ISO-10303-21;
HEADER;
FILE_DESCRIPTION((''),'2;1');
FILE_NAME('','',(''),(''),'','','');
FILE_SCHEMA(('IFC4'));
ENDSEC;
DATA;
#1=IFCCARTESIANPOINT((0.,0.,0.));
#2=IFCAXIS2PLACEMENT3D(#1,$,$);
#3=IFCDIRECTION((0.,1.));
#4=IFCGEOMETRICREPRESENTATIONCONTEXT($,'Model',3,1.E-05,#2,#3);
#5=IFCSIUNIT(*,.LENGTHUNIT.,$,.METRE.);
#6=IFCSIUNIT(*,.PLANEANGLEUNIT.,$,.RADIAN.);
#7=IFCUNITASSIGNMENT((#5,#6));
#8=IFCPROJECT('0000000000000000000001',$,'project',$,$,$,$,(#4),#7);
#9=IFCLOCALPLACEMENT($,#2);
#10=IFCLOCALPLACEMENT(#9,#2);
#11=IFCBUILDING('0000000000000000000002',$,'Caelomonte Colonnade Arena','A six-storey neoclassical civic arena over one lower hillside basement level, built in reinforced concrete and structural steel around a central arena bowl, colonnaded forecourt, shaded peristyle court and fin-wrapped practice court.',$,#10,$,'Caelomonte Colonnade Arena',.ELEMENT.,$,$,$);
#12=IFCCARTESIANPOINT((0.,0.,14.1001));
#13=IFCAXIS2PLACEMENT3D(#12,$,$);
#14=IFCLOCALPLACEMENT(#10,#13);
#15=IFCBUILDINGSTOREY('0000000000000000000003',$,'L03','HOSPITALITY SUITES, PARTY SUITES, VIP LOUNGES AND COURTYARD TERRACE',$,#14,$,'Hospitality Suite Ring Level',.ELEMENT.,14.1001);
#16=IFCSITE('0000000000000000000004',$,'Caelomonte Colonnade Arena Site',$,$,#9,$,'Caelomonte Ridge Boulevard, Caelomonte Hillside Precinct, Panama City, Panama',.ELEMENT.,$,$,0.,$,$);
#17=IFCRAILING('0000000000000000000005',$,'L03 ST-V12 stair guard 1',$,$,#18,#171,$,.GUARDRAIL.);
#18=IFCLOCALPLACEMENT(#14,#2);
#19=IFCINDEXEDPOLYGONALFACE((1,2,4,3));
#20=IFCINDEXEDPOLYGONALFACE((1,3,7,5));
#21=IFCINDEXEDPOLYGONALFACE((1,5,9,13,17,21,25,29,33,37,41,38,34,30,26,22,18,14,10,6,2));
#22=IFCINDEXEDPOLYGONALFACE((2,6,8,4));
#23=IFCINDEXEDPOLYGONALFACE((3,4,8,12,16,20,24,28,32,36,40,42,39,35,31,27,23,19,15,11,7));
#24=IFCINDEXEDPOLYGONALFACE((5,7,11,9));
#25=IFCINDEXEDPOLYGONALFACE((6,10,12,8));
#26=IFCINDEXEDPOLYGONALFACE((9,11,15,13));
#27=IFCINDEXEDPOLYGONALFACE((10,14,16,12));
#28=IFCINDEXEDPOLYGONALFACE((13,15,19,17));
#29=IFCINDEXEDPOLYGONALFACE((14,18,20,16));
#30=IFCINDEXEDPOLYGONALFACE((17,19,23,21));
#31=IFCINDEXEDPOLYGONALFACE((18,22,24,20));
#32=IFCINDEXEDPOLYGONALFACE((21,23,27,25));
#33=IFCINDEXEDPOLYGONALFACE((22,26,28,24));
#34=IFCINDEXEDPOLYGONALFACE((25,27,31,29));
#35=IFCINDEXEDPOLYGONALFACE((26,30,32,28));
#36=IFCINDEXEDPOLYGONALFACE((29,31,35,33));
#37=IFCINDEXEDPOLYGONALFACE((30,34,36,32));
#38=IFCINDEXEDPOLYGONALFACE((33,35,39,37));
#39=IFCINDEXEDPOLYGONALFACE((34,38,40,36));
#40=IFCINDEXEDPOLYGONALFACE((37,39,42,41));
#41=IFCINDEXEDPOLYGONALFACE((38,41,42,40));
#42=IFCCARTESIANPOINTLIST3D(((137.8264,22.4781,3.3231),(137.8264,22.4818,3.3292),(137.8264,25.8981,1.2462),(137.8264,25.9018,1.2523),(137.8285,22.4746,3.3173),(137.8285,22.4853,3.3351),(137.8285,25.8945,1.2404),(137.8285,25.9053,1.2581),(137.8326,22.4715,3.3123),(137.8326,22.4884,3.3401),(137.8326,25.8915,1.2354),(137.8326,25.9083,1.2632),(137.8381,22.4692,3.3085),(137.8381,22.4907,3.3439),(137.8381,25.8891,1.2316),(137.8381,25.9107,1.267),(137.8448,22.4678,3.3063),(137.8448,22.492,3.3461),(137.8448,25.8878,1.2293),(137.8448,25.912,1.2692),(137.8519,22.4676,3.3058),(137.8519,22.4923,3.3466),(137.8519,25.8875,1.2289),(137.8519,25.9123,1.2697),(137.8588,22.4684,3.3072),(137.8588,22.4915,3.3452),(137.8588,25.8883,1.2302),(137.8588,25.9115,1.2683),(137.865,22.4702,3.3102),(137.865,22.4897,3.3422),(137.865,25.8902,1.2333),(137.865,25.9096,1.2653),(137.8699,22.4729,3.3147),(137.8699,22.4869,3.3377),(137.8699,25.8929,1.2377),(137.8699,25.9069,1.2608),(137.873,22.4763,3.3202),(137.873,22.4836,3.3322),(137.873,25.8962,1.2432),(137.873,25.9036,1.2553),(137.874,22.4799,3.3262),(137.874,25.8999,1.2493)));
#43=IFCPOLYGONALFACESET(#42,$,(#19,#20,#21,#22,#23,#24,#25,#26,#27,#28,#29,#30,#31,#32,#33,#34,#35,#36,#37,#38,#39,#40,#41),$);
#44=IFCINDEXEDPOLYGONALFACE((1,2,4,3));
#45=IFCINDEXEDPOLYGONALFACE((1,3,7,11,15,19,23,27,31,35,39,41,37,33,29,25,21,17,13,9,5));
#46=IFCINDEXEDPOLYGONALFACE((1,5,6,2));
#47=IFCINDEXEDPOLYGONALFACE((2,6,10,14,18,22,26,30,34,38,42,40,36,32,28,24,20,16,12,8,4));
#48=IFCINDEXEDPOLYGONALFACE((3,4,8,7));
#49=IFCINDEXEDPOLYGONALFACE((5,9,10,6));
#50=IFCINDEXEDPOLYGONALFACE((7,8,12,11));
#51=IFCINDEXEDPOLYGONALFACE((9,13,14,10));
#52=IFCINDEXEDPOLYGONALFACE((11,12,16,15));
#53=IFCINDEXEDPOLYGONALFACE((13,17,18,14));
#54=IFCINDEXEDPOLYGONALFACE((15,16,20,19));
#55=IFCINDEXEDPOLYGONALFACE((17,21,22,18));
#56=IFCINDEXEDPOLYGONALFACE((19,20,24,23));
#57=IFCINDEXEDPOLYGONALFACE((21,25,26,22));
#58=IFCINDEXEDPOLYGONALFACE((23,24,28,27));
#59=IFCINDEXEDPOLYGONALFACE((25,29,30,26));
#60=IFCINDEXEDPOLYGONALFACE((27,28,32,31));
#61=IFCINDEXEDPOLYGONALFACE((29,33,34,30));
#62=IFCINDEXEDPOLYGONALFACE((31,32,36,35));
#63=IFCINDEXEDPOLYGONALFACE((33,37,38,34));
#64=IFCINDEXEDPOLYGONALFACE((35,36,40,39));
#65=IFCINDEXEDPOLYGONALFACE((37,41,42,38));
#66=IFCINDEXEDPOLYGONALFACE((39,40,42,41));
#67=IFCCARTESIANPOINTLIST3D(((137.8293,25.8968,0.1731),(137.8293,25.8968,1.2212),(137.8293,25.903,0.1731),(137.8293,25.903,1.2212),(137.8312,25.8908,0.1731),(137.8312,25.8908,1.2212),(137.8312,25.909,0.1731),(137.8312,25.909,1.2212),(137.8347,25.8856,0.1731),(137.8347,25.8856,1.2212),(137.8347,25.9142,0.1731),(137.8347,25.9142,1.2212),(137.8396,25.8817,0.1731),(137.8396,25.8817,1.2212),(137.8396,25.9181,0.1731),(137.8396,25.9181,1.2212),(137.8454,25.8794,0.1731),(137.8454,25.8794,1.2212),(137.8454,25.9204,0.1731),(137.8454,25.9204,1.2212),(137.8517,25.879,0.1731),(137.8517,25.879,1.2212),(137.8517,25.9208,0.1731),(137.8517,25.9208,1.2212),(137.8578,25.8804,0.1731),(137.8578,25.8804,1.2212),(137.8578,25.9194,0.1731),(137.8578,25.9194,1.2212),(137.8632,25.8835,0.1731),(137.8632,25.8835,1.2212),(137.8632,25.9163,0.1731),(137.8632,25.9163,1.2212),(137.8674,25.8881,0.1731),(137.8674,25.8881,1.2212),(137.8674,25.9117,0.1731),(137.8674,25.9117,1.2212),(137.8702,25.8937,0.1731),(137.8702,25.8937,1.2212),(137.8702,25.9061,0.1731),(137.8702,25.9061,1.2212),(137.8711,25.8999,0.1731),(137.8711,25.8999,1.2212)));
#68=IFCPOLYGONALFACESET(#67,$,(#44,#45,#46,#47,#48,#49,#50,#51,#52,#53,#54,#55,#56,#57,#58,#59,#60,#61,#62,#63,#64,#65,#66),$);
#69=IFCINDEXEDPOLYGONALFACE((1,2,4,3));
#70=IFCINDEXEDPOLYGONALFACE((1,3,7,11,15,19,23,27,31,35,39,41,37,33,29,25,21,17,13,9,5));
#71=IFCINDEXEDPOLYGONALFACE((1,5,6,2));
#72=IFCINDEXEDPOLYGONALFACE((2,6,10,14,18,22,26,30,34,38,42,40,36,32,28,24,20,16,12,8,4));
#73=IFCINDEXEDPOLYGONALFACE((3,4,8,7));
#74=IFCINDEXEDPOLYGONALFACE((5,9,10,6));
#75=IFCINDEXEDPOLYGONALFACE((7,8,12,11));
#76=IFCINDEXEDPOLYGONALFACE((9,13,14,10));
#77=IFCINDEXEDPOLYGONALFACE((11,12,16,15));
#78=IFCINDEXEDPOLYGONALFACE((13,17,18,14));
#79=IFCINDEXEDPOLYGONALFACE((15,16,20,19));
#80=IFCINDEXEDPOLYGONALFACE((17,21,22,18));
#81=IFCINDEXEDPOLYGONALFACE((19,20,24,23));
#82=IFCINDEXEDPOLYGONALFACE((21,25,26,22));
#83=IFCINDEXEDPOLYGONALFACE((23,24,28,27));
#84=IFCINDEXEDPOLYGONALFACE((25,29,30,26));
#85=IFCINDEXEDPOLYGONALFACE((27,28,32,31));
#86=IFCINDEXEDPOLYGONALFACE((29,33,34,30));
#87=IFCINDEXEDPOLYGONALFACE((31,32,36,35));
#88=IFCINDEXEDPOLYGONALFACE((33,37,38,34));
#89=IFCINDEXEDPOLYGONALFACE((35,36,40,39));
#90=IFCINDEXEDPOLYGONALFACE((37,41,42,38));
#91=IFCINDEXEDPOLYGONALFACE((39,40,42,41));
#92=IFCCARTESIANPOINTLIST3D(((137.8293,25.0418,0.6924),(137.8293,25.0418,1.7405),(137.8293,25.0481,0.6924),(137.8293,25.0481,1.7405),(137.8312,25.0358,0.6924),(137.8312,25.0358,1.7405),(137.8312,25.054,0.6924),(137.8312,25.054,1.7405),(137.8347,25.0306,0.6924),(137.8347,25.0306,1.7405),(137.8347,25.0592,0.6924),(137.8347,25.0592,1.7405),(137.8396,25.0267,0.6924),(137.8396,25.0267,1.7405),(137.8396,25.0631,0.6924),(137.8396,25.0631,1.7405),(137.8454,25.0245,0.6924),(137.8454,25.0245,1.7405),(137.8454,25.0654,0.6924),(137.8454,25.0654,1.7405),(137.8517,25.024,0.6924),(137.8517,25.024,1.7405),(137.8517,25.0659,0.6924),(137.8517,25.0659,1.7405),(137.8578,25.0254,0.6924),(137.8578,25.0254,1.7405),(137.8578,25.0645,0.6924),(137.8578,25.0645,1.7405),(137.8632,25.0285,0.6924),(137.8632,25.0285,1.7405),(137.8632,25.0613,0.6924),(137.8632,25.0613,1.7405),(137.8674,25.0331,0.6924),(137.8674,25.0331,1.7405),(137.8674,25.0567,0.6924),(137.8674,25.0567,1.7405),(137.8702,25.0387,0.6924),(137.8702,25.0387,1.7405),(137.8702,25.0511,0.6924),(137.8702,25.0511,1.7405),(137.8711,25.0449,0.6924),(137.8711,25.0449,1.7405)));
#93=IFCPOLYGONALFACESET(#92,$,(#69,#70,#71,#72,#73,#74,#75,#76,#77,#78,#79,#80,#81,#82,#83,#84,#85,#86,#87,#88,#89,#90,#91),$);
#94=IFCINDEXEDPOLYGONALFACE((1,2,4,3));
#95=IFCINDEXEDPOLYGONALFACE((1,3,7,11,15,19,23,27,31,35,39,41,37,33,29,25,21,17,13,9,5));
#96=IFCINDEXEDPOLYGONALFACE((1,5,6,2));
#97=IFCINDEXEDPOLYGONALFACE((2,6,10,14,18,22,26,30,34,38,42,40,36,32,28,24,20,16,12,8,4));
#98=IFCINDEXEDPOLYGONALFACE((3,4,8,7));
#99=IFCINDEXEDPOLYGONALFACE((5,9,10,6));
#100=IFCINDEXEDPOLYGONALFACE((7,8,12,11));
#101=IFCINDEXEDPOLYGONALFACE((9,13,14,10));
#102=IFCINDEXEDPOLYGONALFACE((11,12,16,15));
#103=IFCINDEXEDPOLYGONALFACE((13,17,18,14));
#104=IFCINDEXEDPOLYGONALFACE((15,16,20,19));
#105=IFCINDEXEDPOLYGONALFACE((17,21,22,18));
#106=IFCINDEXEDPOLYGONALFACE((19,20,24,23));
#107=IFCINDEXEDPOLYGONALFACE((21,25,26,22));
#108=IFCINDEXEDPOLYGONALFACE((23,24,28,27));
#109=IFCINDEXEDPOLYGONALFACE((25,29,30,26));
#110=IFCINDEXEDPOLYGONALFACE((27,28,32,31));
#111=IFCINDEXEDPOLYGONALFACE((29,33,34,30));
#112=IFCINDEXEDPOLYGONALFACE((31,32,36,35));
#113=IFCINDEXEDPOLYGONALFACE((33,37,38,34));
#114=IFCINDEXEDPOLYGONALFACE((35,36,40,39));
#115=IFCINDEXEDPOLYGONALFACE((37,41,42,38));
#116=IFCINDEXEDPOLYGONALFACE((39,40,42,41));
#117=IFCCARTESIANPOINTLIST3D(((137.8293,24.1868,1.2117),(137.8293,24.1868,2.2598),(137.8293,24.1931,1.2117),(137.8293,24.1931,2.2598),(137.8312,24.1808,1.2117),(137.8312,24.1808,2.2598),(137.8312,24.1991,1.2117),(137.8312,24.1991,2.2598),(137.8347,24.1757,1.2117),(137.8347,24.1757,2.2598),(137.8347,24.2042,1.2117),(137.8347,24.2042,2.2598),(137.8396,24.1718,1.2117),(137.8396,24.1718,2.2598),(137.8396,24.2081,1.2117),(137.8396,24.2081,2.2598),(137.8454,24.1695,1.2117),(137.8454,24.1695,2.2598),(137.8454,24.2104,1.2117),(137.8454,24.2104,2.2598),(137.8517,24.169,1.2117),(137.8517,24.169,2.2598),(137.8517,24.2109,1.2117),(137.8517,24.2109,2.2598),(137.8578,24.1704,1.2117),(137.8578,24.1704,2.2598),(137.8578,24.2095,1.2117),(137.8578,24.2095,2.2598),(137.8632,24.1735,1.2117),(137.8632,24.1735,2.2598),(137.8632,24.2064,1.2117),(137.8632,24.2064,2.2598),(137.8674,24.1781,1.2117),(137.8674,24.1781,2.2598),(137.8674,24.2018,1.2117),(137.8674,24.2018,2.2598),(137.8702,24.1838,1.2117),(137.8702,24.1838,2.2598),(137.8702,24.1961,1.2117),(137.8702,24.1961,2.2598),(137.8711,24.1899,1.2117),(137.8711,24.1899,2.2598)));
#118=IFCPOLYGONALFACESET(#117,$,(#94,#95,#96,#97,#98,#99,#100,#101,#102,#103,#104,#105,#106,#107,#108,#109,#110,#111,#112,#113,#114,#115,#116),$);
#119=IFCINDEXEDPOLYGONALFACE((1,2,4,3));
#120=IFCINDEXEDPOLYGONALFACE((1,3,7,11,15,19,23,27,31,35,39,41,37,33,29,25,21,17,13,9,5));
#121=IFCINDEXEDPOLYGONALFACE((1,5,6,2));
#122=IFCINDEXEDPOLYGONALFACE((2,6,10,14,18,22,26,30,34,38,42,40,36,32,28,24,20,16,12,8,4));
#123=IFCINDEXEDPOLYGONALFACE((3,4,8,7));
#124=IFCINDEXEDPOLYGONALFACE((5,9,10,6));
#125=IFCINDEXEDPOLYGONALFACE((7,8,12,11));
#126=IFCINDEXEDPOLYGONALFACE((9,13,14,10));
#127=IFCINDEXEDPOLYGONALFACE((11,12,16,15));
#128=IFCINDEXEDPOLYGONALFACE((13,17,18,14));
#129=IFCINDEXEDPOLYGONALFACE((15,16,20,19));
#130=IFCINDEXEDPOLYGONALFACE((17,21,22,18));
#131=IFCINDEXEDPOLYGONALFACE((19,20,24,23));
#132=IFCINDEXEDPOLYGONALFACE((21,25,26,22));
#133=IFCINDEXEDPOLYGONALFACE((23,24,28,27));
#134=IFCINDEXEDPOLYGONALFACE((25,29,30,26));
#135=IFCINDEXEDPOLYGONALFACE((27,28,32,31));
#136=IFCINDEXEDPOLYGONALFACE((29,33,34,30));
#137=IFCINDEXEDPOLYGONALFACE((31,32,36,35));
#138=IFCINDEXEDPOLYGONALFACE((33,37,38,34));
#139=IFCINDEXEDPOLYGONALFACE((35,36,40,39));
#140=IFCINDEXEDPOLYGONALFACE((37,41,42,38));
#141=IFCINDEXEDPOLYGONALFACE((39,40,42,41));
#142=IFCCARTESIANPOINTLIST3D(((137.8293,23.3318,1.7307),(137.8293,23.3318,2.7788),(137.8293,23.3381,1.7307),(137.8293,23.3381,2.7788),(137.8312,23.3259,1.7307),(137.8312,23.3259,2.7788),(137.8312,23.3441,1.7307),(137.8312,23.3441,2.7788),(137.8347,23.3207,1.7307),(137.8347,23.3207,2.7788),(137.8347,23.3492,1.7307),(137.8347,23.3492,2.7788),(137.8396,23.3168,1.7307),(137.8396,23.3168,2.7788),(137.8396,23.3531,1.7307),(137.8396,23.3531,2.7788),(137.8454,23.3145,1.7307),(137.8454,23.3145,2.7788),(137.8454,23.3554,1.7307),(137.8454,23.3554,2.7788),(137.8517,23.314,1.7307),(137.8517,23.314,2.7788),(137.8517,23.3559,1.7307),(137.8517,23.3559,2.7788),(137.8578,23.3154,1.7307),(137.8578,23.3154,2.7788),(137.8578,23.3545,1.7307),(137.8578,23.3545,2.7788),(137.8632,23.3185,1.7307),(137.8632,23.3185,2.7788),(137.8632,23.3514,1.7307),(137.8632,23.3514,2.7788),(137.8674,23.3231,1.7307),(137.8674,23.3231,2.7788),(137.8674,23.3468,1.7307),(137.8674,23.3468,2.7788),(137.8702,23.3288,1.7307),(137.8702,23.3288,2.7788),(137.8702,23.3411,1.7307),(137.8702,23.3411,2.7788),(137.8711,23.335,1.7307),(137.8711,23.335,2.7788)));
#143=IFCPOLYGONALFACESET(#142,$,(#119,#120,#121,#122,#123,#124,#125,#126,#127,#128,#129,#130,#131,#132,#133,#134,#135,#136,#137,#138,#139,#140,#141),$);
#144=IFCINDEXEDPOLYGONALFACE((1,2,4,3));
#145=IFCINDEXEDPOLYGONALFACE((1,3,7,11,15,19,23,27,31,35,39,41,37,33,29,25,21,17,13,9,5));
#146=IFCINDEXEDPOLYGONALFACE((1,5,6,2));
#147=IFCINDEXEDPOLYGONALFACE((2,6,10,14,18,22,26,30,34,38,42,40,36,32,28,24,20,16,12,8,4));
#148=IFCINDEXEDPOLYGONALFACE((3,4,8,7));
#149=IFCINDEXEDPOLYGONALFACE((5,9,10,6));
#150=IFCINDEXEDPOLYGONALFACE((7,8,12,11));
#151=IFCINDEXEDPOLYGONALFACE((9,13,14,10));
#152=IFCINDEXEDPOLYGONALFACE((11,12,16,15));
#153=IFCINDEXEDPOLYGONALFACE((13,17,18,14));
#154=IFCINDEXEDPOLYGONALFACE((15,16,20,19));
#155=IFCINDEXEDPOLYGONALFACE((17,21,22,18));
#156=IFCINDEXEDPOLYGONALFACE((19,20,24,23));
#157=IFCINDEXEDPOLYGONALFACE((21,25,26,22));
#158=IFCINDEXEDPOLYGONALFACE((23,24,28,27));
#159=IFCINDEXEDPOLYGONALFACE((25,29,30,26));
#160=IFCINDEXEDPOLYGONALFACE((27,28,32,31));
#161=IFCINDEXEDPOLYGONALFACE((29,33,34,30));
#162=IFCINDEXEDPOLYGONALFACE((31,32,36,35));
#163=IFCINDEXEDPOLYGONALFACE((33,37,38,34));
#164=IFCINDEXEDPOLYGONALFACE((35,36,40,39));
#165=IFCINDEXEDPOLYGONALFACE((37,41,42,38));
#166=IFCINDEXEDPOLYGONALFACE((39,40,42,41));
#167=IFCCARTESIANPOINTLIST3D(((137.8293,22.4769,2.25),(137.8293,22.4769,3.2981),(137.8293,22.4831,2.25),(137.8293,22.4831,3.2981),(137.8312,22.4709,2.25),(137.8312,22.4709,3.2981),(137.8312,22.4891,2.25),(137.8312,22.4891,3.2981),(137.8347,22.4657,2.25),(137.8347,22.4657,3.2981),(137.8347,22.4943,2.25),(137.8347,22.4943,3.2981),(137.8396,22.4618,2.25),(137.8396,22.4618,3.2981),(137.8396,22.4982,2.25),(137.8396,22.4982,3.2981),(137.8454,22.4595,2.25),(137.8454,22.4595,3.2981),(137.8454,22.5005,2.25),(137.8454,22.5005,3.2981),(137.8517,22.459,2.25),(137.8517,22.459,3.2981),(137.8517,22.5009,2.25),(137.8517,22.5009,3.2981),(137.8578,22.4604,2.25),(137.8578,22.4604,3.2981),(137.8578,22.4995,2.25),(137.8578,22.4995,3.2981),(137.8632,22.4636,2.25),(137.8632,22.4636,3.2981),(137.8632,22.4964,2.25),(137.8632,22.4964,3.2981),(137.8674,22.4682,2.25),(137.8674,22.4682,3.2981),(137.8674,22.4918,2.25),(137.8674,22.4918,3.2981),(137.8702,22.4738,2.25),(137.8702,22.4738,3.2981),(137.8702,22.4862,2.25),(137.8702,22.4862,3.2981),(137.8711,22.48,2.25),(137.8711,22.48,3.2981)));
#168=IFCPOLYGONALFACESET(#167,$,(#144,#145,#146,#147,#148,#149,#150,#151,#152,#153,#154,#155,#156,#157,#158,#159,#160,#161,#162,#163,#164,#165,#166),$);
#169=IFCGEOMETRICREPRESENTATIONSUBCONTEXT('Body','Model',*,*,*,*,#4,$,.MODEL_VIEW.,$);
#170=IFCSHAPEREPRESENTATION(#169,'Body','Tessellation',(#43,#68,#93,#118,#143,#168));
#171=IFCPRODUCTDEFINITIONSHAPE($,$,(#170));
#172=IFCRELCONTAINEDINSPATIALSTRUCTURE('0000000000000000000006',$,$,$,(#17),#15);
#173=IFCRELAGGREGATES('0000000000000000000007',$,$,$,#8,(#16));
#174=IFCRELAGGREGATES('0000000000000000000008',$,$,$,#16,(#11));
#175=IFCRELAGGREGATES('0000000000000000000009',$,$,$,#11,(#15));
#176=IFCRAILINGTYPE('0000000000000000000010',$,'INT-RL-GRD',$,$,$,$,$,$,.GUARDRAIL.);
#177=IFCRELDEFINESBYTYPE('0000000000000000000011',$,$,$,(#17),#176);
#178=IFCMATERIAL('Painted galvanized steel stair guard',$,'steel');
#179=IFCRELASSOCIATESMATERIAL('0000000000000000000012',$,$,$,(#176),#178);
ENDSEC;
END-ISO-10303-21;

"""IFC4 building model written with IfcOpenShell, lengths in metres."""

from ifc_helpers import new_model, si_unit, direction, frame, origin, origin_2d, place, context, subcontext, project, spatial, circle, extrude, material, type_object, element, save


model = new_model("IFC4")

# Units and contexts
model_context = context("Model", 3, precision=1e-05, world=origin(), true_north=direction((0.0, 1.0)))
body_context = subcontext(model_context, "Body", "Model", "MODEL_VIEW")
ifc_project = project(units=[si_unit("LENGTHUNIT", "METRE"), si_unit("PLANEANGLEUNIT", "RADIAN")], contexts=[model_context])

# Site, building, storey
site_placement = place(None, origin())
site = spatial("IfcSite", under=ifc_project, at=site_placement, Name="Caelomonte Colonnade Arena Site", LongName="Caelomonte Ridge Boulevard, Caelomonte Hillside Precinct, Panama City, Panama", CompositionType="ELEMENT", RefElevation=0.0)
building_placement = place(site_placement, origin())
building = spatial("IfcBuilding", under=site, at=building_placement, Name="Caelomonte Colonnade Arena", Description="A six-storey neoclassical civic arena over one lower hillside basement level, built in reinforced concrete and structural steel around a central arena bowl, colonnaded forecourt, shaded peristyle court and fin-wrapped practice court.", LongName="Caelomonte Colonnade Arena", CompositionType="ELEMENT")
storey_placement = place(building_placement, frame((0.0, 0.0, 14.1001)))
storey = spatial("IfcBuildingStorey", under=building, at=storey_placement, Name="L03", Description="HOSPITALITY SUITES, PARTY SUITES, VIP LOUNGES AND COURTYARD TERRACE", LongName="Hospitality Suite Ring Level", CompositionType="ELEMENT", Elevation=14.1001)

# Railing
ifc_material_1 = material(Name="Painted galvanized steel stair guard", Category="steel")
railing_type_1 = type_object("IfcRailingType", Name="INT-RL-GRD", PredefinedType="GUARDRAIL", material=ifc_material_1)
railing_1_placement = place(storey_placement, frame((137.8501, 25.8999, 0.1731)))
element("IfcRailing", 1, at=railing_1_placement, inside=storey, type_object=railing_type_1, Name="L03 ST-V12 stair guard 1", PredefinedType="GUARDRAIL", context=body_context, shape_type="SweptSolid", body=[
    extrude(circle(Radius=0.0239, at=origin_2d()), frame((0.0, 0.0, 1.0762), z_axis=(0.0, -0.85473, 0.519074), x_axis=(1.0, 0.0, 0.0)), (0.0, 0.0, 1.0), 4.0012),
    extrude(circle(Radius=0.021, at=origin_2d()), origin(), (0.0, 0.0, 1.0), 1.0481),
    extrude(circle(Radius=0.021, at=origin_2d()), frame((0.0, -0.855, 0.5193)), (0.0, 0.0, 1.0), 1.0481),
    extrude(circle(Radius=0.021, at=origin_2d()), frame((0.0, -1.71, 1.0386)), (0.0, 0.0, 1.0), 1.0481),
    extrude(circle(Radius=0.021, at=origin_2d()), frame((0.0, -2.5649, 1.5576)), (0.0, 0.0, 1.0), 1.0481),
    extrude(circle(Radius=0.021, at=origin_2d()), frame((0.0, -3.4199, 2.0769)), (0.0, 0.0, 1.0), 1.0481),
])

save(model, "model.ifc")
